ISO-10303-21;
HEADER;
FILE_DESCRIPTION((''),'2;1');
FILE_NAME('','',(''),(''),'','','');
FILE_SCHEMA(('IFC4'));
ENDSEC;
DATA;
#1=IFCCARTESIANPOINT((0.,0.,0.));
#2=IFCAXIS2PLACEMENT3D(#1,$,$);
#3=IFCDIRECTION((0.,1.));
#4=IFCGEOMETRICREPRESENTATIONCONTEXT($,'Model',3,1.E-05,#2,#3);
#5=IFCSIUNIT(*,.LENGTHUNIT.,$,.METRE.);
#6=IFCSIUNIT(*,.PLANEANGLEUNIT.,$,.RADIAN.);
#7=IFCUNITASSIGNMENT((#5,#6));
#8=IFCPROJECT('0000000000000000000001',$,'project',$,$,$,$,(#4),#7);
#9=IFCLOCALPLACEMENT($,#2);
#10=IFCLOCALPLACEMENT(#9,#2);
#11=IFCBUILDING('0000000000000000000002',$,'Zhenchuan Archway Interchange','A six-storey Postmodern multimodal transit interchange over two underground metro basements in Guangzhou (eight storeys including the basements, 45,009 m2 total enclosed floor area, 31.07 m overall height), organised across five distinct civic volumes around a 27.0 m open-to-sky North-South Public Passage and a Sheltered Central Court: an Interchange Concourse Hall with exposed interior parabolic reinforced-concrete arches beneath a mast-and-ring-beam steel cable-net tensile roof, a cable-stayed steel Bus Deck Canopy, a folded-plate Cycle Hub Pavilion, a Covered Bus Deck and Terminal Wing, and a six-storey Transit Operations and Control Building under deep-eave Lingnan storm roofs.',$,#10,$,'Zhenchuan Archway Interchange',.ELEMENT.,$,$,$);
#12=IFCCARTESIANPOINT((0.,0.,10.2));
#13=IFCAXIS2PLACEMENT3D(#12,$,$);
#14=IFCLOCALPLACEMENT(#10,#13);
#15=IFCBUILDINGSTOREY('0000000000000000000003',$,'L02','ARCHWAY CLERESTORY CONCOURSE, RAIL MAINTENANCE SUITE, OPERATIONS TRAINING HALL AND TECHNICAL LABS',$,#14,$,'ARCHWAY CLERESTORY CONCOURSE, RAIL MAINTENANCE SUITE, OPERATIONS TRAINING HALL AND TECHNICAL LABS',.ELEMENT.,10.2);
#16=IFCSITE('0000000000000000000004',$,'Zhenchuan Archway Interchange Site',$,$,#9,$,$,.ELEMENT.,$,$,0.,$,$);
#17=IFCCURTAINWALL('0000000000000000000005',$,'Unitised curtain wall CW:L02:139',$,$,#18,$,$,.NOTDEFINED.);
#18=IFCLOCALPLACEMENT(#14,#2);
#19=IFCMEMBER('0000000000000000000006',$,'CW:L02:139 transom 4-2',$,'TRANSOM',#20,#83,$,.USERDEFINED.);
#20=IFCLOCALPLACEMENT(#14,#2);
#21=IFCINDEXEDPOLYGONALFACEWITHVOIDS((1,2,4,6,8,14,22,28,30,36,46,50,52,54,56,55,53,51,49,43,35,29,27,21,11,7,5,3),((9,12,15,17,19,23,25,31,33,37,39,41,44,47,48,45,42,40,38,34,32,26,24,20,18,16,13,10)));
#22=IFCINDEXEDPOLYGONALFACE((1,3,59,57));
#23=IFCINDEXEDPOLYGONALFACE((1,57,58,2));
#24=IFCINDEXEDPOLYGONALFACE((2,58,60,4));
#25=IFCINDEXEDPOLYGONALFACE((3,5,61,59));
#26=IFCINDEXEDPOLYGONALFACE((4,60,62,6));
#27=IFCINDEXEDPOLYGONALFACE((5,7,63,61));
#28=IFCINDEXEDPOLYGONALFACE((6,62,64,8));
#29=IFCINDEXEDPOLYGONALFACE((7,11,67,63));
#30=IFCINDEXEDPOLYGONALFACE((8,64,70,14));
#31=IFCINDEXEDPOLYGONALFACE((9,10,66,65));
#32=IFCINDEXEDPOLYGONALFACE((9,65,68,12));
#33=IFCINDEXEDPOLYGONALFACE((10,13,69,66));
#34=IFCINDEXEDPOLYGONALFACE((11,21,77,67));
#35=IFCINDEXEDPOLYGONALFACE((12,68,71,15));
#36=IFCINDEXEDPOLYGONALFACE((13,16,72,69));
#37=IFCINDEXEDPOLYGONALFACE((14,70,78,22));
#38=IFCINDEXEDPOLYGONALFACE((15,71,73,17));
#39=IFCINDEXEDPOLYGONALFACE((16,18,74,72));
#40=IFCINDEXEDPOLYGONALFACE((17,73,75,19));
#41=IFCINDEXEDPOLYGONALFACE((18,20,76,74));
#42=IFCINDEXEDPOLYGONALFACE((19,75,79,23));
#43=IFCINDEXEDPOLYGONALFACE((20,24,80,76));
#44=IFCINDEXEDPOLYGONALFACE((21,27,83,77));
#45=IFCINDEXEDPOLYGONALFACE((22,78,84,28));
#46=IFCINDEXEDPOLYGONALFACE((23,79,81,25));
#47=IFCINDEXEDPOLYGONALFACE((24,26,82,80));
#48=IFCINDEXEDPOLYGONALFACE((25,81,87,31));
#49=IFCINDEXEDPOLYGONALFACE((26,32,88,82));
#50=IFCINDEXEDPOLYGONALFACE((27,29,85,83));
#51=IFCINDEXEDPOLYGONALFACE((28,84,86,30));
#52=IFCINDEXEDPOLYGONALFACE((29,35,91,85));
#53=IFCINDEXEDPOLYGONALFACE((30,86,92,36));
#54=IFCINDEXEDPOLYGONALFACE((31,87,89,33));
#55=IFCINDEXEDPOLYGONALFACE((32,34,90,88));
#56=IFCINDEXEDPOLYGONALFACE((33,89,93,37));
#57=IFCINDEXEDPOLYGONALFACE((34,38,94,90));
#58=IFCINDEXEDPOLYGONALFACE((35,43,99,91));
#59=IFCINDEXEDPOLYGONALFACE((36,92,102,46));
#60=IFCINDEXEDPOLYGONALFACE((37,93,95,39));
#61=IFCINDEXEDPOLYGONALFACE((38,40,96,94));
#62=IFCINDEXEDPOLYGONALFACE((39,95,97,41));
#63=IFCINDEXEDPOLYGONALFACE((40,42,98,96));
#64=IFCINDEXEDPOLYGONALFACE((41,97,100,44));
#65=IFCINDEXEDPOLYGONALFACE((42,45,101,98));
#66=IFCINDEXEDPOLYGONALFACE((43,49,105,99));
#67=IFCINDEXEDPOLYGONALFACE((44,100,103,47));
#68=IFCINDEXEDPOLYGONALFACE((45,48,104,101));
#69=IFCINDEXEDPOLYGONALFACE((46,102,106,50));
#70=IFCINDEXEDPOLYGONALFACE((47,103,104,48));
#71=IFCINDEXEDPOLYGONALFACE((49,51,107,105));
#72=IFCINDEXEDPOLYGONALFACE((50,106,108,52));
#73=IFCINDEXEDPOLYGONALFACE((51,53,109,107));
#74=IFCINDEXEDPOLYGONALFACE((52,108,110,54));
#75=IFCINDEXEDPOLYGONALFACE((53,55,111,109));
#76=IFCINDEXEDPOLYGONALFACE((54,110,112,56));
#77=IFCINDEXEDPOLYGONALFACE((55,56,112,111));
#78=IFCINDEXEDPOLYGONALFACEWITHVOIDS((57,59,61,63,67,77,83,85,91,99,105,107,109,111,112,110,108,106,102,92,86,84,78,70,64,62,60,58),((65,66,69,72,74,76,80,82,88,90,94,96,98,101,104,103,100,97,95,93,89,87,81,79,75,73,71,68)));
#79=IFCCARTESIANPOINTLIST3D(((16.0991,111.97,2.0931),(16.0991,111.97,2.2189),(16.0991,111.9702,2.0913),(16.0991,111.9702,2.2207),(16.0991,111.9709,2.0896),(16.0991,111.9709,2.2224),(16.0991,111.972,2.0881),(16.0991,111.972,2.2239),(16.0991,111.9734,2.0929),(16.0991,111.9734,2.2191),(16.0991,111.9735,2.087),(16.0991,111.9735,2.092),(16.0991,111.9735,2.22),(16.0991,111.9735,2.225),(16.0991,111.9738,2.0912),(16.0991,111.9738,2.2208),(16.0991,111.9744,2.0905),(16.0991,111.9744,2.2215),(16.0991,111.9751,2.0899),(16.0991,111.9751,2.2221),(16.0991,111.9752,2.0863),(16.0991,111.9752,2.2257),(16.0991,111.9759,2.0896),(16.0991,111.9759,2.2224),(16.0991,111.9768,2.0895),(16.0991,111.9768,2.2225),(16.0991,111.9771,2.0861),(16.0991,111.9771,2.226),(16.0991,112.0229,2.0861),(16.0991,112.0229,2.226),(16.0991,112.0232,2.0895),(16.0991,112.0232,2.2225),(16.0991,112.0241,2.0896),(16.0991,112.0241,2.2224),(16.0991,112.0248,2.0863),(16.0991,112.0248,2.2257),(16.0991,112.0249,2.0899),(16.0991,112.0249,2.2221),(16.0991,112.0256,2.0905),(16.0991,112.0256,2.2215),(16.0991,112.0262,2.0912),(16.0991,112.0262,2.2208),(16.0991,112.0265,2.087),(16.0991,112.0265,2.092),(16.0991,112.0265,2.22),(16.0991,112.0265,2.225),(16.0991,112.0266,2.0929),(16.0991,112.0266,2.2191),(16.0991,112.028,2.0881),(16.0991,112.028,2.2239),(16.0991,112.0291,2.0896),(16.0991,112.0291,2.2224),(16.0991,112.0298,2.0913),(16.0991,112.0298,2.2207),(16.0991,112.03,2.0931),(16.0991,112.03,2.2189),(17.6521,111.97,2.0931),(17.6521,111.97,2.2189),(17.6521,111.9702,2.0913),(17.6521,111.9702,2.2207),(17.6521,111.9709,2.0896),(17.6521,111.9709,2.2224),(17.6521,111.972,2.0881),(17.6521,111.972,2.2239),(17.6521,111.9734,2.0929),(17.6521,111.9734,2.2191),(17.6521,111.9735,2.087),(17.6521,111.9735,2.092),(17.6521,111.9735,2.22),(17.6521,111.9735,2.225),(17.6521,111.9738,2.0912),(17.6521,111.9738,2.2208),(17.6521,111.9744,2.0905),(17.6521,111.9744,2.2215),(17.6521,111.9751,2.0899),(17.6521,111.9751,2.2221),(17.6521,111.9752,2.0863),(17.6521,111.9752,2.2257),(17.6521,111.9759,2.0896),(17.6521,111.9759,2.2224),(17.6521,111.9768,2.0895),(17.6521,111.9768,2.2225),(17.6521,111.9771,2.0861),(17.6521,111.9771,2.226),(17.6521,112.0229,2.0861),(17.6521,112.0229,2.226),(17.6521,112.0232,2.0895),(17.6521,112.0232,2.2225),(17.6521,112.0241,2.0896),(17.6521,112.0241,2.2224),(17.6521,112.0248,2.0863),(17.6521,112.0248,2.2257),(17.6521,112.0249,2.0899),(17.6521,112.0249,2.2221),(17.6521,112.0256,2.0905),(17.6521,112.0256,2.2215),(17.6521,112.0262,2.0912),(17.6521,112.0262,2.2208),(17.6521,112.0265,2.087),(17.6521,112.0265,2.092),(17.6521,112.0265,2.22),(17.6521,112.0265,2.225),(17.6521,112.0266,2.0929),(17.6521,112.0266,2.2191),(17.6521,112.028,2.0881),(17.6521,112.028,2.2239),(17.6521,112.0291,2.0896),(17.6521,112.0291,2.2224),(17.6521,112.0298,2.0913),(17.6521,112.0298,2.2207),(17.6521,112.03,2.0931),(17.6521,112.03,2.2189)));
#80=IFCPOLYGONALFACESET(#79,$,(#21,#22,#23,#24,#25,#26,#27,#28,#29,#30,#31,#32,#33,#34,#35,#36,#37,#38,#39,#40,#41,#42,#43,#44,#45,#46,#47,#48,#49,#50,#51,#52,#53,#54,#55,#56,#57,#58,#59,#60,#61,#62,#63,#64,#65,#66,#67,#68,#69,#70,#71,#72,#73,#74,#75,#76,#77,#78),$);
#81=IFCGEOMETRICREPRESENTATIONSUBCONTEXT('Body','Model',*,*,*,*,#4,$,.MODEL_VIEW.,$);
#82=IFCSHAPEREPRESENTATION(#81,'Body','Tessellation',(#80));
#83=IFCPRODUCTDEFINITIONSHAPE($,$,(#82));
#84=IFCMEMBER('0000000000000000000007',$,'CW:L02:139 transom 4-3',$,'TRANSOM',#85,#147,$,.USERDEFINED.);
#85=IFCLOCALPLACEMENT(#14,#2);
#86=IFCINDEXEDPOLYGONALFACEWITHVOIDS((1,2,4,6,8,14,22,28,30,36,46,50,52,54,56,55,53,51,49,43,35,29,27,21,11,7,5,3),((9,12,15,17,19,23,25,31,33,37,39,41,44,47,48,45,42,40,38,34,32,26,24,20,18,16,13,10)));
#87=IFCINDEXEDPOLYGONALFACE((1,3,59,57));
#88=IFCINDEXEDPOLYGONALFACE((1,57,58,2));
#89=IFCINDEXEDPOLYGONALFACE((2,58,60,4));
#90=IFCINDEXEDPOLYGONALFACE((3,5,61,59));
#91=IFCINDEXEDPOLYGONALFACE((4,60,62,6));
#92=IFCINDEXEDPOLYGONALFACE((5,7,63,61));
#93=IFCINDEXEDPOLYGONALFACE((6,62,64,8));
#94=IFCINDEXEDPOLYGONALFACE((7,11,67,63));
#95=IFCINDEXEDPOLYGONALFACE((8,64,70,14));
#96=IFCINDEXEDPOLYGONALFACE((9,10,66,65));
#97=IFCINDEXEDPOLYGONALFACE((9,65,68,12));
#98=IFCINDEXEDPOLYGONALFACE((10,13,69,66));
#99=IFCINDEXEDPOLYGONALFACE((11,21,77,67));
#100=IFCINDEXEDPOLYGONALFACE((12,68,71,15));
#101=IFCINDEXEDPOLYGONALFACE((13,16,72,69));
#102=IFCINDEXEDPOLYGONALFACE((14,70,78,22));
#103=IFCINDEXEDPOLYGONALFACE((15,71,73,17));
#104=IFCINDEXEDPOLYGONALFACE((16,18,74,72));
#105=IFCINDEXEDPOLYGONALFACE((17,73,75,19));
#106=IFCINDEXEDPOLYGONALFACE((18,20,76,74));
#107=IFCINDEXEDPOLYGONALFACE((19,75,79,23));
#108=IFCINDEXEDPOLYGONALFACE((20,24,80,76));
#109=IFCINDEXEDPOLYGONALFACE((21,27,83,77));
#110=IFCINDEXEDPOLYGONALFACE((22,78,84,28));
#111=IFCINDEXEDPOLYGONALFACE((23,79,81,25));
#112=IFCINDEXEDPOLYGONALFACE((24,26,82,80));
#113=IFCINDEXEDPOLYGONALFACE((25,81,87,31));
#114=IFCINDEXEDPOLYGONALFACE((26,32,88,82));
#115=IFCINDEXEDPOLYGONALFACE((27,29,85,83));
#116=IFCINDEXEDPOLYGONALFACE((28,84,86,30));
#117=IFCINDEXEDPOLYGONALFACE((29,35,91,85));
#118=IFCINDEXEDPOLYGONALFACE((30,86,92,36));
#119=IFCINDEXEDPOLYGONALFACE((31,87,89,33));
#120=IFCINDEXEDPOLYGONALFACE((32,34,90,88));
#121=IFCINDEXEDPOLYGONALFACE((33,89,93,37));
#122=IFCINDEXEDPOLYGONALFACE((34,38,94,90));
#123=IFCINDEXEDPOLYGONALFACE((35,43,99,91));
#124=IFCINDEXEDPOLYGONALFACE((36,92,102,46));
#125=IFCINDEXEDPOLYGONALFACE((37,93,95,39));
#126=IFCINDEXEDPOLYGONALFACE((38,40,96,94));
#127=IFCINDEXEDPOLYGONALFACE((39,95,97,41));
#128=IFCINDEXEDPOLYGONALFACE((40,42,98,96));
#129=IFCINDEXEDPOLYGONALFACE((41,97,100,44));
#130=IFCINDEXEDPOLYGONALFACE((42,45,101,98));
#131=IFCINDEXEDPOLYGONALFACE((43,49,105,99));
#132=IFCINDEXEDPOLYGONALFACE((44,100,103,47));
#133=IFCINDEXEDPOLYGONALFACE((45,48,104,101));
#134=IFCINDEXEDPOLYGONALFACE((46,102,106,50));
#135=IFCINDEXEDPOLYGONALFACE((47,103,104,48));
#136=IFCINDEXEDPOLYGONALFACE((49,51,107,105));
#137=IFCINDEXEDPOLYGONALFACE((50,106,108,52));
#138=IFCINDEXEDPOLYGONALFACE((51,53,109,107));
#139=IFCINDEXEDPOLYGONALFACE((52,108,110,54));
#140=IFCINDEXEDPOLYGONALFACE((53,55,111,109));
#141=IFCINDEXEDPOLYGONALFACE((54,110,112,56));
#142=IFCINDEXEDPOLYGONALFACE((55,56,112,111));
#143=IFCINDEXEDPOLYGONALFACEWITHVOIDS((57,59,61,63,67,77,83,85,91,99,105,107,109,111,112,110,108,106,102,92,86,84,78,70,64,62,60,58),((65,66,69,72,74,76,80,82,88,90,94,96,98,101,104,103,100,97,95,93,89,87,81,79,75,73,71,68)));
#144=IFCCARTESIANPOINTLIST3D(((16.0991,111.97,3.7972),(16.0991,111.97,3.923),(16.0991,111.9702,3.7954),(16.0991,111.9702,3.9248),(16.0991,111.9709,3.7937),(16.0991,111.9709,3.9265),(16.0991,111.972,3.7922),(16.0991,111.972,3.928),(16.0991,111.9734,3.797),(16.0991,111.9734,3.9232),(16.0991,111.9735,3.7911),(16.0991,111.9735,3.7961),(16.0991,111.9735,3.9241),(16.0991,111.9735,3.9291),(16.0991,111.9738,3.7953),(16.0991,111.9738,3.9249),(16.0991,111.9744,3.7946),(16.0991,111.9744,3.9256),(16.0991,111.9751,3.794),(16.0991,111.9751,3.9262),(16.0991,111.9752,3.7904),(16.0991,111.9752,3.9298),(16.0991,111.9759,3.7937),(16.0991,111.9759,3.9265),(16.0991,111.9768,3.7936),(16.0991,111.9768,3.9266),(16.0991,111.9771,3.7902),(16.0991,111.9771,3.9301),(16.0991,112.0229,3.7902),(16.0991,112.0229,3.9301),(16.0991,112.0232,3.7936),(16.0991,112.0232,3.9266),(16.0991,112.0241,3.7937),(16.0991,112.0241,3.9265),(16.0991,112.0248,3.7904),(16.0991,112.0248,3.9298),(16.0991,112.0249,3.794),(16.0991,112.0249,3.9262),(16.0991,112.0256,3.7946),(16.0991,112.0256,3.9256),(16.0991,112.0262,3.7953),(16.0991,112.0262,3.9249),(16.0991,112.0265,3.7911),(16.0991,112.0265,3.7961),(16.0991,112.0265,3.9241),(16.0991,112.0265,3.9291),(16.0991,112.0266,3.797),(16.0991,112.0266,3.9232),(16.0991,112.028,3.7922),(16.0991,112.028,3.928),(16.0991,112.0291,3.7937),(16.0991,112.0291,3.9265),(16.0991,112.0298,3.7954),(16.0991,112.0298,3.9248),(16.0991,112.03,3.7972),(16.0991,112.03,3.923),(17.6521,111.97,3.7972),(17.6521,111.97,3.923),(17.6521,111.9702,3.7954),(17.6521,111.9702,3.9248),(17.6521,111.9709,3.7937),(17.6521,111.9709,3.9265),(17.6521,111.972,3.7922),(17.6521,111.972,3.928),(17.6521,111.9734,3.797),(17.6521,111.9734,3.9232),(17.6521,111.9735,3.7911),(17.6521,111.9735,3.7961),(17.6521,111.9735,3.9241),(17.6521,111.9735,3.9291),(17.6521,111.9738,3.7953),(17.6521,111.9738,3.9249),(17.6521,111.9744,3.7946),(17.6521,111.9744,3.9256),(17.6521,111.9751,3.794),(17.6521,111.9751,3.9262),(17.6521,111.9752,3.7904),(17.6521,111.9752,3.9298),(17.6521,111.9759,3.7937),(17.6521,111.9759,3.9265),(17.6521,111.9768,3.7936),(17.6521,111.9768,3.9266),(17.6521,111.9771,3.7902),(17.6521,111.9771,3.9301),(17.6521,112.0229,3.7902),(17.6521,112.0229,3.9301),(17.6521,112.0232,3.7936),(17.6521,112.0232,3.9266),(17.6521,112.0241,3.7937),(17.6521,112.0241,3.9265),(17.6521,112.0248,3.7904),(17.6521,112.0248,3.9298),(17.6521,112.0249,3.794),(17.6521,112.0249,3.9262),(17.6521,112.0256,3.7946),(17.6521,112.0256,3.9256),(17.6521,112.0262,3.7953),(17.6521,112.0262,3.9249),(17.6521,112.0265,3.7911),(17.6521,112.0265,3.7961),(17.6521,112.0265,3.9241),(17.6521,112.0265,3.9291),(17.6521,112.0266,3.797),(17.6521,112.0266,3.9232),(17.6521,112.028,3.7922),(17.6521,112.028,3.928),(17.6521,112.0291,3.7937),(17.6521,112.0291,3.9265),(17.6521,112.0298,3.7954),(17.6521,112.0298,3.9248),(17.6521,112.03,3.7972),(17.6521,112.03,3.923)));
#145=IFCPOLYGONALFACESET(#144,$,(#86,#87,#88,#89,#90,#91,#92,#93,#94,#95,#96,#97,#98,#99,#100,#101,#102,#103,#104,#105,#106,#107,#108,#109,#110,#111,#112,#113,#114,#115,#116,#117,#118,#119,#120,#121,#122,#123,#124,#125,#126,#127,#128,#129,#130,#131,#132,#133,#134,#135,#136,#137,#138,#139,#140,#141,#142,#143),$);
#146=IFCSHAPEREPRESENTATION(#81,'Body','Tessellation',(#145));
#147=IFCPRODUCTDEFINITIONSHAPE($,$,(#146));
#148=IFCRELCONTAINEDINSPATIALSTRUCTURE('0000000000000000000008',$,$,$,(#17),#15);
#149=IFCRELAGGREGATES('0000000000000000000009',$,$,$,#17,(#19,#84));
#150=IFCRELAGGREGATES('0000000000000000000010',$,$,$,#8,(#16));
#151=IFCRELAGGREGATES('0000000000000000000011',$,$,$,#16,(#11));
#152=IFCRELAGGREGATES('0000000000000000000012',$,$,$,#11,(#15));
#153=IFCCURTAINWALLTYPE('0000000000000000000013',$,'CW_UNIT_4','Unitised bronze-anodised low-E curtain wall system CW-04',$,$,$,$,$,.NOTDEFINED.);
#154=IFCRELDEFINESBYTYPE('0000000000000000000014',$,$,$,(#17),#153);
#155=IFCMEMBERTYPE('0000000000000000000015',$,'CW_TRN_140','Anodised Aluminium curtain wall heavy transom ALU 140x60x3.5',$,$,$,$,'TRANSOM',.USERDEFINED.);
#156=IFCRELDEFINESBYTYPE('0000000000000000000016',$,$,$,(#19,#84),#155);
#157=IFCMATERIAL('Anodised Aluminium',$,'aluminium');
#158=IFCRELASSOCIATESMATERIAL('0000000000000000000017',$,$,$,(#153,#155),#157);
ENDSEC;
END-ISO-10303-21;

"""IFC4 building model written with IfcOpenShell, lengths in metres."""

from ifc_helpers import new_model, si_unit, direction, frame, origin, origin_2d, place, context, subcontext, project, spatial, hollow_rectangle, extrude, material, material_profile, profile_set, type_object, element, aggregate, save


model = new_model("IFC4")

# Units and contexts
model_context = context("Model", 3, precision=1e-05, world=origin(), true_north=direction((0.0, 1.0)))
body_context = subcontext(model_context, "Body", "Model", "MODEL_VIEW")
ifc_project = project(units=[si_unit("LENGTHUNIT", "METRE"), si_unit("PLANEANGLEUNIT", "RADIAN")], contexts=[model_context])

# Site, building, storey
site_placement = place(None, origin())
site = spatial("IfcSite", under=ifc_project, at=site_placement, Name="Zhenchuan Archway Interchange Site", CompositionType="ELEMENT", RefElevation=0.0)
building_placement = place(site_placement, origin())
building = spatial("IfcBuilding", under=site, at=building_placement, Name="Zhenchuan Archway Interchange", Description="A six-storey Postmodern multimodal transit interchange over two underground metro basements in Guangzhou (eight storeys including the basements, 45,009 m2 total enclosed floor area, 31.07 m overall height), organised across five distinct civic volumes around a 27.0 m open-to-sky North-South Public Passage and a Sheltered Central Court: an Interchange Concourse Hall with exposed interior parabolic reinforced-concrete arches beneath a mast-and-ring-beam steel cable-net tensile roof, a cable-stayed steel Bus Deck Canopy, a folded-plate Cycle Hub Pavilion, a Covered Bus Deck and Terminal Wing, and a six-storey Transit Operations and Control Building under deep-eave Lingnan storm roofs.", LongName="Zhenchuan Archway Interchange", CompositionType="ELEMENT")
storey_placement = place(building_placement, frame((0.0, 0.0, 10.2)))
storey = spatial("IfcBuildingStorey", under=building, at=storey_placement, Name="L02", Description="ARCHWAY CLERESTORY CONCOURSE, RAIL MAINTENANCE SUITE, OPERATIONS TRAINING HALL AND TECHNICAL LABS", LongName="ARCHWAY CLERESTORY CONCOURSE, RAIL MAINTENANCE SUITE, OPERATIONS TRAINING HALL AND TECHNICAL LABS", CompositionType="ELEMENT", Elevation=10.2)

# Curtain wall
ifc_material_1 = material(Name="Anodised Aluminium", Category="aluminium")
curtain_wall_type_1 = type_object("IfcCurtainWallType", Name="CW_UNIT_4", Description="Unitised bronze-anodised low-E curtain wall system CW-04", PredefinedType="NOTDEFINED", material=ifc_material_1)
curtain_wall_1_placement = place(storey_placement, origin())
curtain_wall_1 = element("IfcCurtainWall", 1, at=curtain_wall_1_placement, inside=storey, type_object=curtain_wall_type_1, Name="Unitised curtain wall CW:L02:139", PredefinedType="NOTDEFINED")

# Members
ifc_material_profile_1 = material_profile(ifc_material_1, hollow_rectangle(XDim=0.0601, YDim=0.1399, WallThickness=0.0034, InnerFilletRadius=0.0034, OuterFilletRadius=0.0071, at=origin_2d()), Name="ALU 140x60x3.5")
ifc_profile_set_1 = profile_set([ifc_material_profile_1], Name="Anodised Aluminium")
member_type_1 = type_object("IfcMemberType", Name="CW_TRN_140", Description="Anodised Aluminium curtain wall heavy transom ALU 140x60x3.5", ElementType="TRANSOM", PredefinedType="USERDEFINED", material=ifc_profile_set_1)
member_1_placement = place(storey_placement, frame((16.0991, 112.0, 2.156), z_axis=(1.0, 0.0, 0.0), x_axis=(0.0, 1.0, 0.0)))
member_1 = element("IfcMember", 2, at=member_1_placement, type_object=member_type_1, Name="CW:L02:139 transom 4-2", ObjectType="TRANSOM", PredefinedType="USERDEFINED", context=body_context, shape_type="SweptSolid", body=[
    extrude(hollow_rectangle(XDim=0.0601, YDim=0.1399, WallThickness=0.0034, InnerFilletRadius=0.0034, OuterFilletRadius=0.0071, at=origin_2d()), origin(), (0.0, 0.0, 1.0), 1.553),
])
member_2_placement = place(storey_placement, frame((16.0991, 112.0, 3.8601), z_axis=(1.0, 0.0, 0.0), x_axis=(0.0, 1.0, 0.0)))
member_2 = element("IfcMember", 3, at=member_2_placement, type_object=member_type_1, Name="CW:L02:139 transom 4-3", ObjectType="TRANSOM", PredefinedType="USERDEFINED", context=body_context, shape_type="SweptSolid", body=[
    extrude(hollow_rectangle(XDim=0.0601, YDim=0.1399, WallThickness=0.0034, InnerFilletRadius=0.0034, OuterFilletRadius=0.0071, at=origin_2d()), origin(), (0.0, 0.0, 1.0), 1.553),
])

aggregate(curtain_wall_1, [member_1, member_2])

save(model, "model.ifc")
